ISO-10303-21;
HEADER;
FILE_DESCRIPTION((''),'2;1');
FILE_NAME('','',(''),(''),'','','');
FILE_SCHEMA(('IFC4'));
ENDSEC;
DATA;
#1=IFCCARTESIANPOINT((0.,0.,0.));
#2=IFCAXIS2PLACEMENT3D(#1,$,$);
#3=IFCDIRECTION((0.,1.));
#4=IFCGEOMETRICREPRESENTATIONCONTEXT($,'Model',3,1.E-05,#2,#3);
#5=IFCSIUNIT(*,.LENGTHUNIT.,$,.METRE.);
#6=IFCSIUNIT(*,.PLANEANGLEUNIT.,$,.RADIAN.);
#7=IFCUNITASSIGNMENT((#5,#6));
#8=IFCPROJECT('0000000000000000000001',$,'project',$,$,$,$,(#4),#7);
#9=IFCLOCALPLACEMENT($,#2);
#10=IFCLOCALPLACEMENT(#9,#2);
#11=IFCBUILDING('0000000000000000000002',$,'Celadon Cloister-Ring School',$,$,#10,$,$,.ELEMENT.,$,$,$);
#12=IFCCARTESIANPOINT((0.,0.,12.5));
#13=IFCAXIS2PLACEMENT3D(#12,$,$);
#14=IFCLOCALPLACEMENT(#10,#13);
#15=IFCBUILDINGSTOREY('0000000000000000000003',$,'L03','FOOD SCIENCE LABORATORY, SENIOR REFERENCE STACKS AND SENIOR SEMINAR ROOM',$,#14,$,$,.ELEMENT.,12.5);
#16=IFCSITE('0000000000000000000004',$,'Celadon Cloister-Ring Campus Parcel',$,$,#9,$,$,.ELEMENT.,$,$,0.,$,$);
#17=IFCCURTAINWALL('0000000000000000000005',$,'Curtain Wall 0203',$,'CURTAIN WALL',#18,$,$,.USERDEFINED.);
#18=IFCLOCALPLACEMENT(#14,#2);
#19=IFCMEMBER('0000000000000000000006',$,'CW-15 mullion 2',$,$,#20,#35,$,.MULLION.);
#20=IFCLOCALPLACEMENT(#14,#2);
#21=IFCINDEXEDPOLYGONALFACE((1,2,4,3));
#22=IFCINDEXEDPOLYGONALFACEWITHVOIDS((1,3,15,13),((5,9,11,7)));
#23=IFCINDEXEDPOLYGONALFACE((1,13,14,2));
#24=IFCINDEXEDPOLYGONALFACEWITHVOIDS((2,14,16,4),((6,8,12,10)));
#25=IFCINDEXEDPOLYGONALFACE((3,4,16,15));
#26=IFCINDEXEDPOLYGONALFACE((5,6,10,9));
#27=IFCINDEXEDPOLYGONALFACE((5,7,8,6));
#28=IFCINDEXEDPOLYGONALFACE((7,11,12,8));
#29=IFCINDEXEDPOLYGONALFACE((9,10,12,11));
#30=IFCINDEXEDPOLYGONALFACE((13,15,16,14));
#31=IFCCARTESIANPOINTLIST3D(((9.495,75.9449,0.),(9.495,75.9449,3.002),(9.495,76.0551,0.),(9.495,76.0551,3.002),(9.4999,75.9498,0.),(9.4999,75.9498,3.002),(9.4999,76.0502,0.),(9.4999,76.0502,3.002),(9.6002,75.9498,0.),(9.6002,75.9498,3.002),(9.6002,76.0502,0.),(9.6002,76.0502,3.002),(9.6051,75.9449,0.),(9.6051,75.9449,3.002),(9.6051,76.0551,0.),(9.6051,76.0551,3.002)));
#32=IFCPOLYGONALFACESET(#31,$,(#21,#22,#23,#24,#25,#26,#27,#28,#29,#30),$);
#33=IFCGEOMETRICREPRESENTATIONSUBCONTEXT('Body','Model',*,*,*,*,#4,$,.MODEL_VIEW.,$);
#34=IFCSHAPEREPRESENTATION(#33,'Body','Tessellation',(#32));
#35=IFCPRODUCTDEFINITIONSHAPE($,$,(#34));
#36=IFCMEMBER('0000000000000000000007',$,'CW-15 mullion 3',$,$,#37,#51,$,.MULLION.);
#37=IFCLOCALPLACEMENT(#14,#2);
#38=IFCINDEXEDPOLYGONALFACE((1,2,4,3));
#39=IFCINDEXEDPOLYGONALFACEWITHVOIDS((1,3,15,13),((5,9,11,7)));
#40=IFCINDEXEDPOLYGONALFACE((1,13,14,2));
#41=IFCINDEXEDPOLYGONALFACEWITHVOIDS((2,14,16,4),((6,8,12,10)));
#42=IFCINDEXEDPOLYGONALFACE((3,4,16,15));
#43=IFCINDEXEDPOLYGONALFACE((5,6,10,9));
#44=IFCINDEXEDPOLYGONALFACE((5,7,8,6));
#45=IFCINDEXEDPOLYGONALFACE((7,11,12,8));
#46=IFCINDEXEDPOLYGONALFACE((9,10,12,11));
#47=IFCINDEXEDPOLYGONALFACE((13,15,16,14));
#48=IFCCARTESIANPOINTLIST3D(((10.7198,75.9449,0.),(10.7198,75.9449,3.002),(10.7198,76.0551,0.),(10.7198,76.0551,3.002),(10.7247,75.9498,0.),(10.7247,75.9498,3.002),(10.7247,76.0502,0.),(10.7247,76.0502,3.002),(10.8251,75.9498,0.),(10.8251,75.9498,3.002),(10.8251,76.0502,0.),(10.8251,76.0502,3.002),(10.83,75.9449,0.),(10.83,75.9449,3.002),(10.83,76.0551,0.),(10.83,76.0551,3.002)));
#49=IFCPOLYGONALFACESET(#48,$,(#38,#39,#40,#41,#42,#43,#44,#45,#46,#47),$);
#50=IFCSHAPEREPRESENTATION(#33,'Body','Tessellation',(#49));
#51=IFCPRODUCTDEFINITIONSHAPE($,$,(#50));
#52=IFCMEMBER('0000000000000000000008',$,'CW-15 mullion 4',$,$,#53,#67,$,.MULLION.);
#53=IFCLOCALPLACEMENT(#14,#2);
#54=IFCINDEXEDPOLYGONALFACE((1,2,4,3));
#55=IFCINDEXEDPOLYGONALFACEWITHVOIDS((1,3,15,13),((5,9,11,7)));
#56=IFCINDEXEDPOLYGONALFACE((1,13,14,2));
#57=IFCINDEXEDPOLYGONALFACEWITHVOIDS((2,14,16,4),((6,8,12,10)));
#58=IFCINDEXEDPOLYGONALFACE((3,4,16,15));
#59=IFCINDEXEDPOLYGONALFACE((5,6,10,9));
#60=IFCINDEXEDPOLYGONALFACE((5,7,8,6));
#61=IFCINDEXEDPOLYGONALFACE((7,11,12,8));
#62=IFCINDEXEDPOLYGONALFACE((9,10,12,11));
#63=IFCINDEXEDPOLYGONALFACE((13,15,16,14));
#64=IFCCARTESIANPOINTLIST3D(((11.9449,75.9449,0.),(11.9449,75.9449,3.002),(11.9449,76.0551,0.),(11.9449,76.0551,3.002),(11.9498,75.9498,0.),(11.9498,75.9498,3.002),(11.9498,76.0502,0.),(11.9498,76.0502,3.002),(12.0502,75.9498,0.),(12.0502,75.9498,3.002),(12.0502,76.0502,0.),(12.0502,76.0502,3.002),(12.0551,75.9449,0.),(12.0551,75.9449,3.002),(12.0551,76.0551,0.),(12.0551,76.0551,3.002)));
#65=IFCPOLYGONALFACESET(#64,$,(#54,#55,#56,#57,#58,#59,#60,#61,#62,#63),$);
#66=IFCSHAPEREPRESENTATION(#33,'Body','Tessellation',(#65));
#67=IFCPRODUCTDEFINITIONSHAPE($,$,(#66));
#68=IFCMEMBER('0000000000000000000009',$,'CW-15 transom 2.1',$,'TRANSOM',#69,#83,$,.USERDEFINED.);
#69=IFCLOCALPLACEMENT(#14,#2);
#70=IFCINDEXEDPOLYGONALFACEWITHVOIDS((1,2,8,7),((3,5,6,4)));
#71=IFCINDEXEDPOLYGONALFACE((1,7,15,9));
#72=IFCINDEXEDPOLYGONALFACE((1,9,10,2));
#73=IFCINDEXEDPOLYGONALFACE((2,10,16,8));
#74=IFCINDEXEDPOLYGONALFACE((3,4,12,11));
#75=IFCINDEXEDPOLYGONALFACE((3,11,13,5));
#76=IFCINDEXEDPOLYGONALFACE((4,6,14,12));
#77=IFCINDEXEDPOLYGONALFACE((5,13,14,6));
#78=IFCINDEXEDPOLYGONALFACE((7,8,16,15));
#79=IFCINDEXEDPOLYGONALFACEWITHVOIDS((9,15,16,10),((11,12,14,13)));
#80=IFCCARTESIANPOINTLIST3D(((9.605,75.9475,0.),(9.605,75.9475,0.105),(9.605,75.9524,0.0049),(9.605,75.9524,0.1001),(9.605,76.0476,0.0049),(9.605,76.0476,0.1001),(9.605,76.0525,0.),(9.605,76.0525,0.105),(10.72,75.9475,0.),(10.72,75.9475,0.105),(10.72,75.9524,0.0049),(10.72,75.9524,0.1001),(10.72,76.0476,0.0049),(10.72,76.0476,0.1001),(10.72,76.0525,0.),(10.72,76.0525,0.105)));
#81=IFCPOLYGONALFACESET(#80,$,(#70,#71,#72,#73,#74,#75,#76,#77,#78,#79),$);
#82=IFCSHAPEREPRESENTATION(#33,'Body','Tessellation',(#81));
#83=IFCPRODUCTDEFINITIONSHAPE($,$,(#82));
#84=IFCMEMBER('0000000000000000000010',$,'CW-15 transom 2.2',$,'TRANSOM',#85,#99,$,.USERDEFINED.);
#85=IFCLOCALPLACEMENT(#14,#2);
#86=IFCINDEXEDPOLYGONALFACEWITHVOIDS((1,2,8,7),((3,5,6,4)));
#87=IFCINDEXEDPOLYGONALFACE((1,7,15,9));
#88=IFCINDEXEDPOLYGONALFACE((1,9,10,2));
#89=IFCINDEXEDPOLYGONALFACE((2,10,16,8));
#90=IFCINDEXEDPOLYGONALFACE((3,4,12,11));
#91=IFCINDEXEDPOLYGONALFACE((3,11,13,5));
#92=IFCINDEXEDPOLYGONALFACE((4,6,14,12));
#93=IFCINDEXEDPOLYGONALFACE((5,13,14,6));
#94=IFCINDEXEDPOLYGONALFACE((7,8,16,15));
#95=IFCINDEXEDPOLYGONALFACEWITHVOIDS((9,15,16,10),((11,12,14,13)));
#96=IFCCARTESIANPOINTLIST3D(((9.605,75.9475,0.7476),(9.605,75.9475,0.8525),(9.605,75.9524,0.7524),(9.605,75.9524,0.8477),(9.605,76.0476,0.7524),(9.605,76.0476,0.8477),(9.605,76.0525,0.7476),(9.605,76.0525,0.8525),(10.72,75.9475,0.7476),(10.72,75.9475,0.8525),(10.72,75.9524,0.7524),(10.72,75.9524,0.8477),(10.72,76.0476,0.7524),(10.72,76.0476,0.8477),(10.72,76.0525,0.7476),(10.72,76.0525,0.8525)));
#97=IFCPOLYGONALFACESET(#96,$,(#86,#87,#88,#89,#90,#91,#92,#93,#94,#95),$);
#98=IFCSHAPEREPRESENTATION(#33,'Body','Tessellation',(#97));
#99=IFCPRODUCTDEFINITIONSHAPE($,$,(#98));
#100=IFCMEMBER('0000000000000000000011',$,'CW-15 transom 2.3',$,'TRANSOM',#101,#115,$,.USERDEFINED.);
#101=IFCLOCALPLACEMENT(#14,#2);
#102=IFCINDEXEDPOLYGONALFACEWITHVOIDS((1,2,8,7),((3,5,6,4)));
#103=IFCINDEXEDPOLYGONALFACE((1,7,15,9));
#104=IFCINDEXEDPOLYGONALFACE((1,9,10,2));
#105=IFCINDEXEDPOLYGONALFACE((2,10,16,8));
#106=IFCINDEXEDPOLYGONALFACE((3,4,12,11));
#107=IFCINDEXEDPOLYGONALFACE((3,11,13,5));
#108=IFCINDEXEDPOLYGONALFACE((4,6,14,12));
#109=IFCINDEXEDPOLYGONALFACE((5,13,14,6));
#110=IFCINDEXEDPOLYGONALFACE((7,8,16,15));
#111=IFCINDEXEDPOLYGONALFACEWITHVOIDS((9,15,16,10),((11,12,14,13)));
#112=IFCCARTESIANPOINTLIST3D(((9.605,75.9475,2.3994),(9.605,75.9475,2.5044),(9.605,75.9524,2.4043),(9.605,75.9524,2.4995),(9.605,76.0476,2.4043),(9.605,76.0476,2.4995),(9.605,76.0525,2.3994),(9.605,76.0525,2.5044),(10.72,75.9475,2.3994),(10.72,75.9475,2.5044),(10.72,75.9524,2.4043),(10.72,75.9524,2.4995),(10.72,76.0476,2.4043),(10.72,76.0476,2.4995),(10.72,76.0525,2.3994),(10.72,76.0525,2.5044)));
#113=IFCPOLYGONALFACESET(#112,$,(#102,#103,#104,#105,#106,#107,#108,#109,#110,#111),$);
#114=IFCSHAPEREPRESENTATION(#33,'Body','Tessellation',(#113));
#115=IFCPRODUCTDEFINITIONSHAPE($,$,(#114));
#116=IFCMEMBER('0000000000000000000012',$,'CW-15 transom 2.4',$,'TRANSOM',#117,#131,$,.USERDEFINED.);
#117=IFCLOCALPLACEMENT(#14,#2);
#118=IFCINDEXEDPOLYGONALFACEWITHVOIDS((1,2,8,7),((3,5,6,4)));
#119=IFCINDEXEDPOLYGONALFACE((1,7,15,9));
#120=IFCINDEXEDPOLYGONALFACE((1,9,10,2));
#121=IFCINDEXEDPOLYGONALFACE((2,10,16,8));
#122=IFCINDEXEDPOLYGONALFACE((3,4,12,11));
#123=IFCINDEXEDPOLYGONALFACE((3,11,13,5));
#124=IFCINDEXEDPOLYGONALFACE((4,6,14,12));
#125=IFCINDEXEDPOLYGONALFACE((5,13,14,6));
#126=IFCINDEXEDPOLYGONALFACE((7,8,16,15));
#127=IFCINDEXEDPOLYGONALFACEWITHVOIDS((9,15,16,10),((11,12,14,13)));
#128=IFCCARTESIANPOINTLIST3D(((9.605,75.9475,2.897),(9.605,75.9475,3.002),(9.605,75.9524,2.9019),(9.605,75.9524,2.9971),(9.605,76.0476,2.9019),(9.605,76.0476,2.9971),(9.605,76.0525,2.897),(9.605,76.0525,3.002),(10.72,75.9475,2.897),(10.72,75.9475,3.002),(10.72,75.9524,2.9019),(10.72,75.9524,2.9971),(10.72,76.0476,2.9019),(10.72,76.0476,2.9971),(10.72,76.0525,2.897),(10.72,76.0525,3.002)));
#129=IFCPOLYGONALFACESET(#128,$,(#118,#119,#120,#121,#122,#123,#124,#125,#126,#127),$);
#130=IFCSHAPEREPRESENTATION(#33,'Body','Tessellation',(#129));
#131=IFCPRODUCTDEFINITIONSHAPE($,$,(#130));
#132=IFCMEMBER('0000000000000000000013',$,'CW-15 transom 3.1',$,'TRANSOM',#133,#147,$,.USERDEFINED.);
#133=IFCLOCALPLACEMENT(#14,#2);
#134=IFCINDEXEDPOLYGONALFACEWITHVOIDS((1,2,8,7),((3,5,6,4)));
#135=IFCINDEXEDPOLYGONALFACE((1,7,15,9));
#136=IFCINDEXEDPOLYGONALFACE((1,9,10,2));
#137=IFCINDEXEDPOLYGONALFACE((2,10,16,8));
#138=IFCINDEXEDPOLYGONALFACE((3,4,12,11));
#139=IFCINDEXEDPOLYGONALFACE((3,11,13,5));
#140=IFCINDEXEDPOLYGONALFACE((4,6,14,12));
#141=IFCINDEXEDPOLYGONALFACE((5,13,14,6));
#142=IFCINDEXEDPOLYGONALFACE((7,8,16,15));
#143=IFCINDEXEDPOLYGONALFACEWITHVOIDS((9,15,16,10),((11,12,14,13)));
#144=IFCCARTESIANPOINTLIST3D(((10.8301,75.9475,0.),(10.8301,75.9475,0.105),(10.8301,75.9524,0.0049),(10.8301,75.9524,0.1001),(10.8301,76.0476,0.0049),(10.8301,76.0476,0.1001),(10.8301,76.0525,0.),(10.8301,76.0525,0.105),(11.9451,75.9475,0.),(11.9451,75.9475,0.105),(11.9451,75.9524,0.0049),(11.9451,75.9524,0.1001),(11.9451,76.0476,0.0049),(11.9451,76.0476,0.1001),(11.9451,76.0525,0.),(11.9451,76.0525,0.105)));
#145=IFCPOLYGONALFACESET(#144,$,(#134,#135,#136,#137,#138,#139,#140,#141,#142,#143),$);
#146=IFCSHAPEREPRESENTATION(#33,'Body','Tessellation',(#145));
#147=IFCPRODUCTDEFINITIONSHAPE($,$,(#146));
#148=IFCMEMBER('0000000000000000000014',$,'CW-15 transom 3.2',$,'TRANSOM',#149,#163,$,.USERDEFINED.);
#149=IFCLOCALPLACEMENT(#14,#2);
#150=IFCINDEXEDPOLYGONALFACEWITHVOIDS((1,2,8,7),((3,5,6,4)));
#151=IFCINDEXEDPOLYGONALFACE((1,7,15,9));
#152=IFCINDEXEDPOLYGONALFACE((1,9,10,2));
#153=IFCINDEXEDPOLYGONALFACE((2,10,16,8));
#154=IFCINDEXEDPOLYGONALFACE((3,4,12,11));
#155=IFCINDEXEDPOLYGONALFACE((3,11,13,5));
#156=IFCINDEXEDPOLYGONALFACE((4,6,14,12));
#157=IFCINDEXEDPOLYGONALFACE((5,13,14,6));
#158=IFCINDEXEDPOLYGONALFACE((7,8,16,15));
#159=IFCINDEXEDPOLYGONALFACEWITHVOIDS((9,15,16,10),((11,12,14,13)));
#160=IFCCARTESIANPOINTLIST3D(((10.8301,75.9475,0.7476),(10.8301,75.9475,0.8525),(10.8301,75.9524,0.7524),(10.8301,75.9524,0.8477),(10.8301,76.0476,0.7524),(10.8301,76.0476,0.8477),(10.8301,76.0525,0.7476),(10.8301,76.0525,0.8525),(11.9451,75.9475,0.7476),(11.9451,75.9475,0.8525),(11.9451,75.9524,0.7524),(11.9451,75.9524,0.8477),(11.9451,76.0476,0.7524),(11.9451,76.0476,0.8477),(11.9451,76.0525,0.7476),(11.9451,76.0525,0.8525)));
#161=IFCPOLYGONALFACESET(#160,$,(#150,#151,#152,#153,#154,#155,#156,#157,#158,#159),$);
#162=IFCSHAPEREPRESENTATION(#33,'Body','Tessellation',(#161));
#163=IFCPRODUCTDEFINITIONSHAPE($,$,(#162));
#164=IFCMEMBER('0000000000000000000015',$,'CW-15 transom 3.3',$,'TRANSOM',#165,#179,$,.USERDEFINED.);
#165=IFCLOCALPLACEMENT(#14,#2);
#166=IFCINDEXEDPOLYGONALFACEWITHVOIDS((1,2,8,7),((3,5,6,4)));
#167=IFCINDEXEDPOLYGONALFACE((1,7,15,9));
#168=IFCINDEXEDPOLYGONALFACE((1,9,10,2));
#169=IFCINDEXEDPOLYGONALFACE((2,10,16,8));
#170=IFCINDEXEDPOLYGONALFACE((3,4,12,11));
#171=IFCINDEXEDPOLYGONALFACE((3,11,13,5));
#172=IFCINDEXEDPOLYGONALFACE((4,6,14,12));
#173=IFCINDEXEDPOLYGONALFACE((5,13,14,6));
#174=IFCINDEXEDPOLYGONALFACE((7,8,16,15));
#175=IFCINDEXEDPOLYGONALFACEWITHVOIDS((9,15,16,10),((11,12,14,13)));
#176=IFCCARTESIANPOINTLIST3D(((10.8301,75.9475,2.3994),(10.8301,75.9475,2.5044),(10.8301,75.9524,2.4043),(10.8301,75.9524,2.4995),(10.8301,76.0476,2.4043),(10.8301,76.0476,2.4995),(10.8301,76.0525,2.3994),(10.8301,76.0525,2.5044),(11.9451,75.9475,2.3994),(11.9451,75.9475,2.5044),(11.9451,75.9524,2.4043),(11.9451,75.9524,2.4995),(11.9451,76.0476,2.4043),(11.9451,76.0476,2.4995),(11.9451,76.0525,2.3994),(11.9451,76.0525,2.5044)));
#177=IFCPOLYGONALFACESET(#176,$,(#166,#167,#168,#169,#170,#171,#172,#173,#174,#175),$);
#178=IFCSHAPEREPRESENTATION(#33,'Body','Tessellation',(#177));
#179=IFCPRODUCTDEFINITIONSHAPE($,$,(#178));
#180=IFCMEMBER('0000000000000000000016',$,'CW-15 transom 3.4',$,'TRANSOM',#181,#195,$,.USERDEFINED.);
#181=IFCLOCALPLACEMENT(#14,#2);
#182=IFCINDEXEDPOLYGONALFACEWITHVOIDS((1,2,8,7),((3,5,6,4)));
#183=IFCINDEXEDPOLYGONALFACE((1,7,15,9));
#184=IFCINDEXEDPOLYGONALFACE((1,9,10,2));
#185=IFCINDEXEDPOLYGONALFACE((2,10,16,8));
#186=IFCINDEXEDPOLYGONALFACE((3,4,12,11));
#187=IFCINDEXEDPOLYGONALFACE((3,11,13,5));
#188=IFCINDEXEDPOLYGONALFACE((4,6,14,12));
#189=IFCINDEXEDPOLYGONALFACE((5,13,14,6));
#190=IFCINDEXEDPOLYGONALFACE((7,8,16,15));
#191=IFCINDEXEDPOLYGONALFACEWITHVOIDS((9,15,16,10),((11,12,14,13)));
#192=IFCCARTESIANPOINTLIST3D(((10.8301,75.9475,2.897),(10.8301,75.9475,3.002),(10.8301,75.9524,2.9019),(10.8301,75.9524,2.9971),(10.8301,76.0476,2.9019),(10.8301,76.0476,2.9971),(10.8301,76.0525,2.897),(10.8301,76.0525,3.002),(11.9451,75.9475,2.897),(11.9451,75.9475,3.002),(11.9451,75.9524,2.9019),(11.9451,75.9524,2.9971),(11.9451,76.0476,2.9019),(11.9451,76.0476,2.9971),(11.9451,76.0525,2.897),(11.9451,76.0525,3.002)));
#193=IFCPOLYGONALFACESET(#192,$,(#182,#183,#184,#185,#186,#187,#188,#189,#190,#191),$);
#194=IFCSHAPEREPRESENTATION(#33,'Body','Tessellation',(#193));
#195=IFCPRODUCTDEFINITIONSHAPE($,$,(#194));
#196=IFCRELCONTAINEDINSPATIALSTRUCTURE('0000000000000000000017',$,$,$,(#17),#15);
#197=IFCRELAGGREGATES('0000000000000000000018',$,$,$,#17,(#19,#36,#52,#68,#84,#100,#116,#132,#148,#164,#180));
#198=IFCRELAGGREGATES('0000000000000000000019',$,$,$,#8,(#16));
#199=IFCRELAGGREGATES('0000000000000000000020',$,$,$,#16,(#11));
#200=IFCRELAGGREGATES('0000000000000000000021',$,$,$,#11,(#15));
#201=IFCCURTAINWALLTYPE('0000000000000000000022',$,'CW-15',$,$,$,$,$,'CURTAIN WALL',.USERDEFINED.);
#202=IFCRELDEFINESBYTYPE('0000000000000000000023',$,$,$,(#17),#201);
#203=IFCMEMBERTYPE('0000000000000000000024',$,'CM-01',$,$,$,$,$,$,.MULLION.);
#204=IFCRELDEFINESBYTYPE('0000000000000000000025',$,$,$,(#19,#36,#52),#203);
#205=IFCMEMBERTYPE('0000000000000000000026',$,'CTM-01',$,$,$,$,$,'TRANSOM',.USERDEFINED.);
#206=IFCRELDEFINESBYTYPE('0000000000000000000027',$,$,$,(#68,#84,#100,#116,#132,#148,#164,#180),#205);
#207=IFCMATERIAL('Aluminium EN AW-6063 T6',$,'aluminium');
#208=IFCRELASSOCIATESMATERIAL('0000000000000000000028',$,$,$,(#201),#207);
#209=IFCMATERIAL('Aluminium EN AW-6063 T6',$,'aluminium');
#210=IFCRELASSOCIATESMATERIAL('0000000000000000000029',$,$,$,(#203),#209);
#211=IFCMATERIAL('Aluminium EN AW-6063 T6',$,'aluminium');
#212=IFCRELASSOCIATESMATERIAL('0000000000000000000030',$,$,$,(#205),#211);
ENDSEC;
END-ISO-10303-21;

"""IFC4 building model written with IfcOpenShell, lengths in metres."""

from ifc_helpers import new_model, si_unit, direction, frame, origin, origin_2d, place, context, subcontext, project, spatial, hollow_rectangle, extrude, material, material_profile, profile_set, type_object, element, aggregate, save


model = new_model("IFC4")

# Units and contexts
model_context = context("Model", 3, precision=1e-05, world=origin(), true_north=direction((0.0, 1.0)))
body_context = subcontext(model_context, "Body", "Model", "MODEL_VIEW")
ifc_project = project(units=[si_unit("LENGTHUNIT", "METRE"), si_unit("PLANEANGLEUNIT", "RADIAN")], contexts=[model_context])

# Site, building, storey
site_placement = place(None, origin())
site = spatial("IfcSite", under=ifc_project, at=site_placement, Name="Celadon Cloister-Ring Campus Parcel", CompositionType="ELEMENT", RefElevation=0.0)
building_placement = place(site_placement, origin())
building = spatial("IfcBuilding", under=site, at=building_placement, Name="Celadon Cloister-Ring School", CompositionType="ELEMENT")
storey_placement = place(building_placement, frame((0.0, 0.0, 12.5)))
storey = spatial("IfcBuildingStorey", under=building, at=storey_placement, Name="L03", Description="FOOD SCIENCE LABORATORY, SENIOR REFERENCE STACKS AND SENIOR SEMINAR ROOM", CompositionType="ELEMENT", Elevation=12.5)

# Curtain wall, members
ifc_material_1 = material(Name="Aluminium EN AW-6063 T6", Category="aluminium")
curtain_wall_type = type_object("IfcCurtainWallType", Name="CW-15", ElementType="CURTAIN WALL", PredefinedType="USERDEFINED", material=ifc_material_1)
curtain_wall_placement = place(storey_placement, origin())
curtain_wall = element("IfcCurtainWall", 1, at=curtain_wall_placement, inside=storey, type_object=curtain_wall_type, Name="Curtain Wall 0203", ObjectType="CURTAIN WALL", PredefinedType="USERDEFINED")
ifc_material_2 = material(Name="Aluminium EN AW-6063 T6", Category="aluminium")
ifc_material_profile_1 = material_profile(ifc_material_2, hollow_rectangle(XDim=0.1101, YDim=0.1101, WallThickness=0.0049, at=origin_2d()), Name="RHS110X110X5")
ifc_profile_set_1 = profile_set([ifc_material_profile_1], Name="Aluminium EN AW-6063 T6")
member_type_1 = type_object("IfcMemberType", Name="CM-01", PredefinedType="MULLION", material=ifc_profile_set_1)
member_1_placement = place(storey_placement, frame((9.55, 76.0, 0.0), z_axis=(0.0, 0.0, 1.0), x_axis=(0.0, 1.0, 0.0)))
member_1 = element("IfcMember", 2, at=member_1_placement, type_object=member_type_1, Name="CW-15 mullion 2", PredefinedType="MULLION", context=body_context, shape_type="SweptSolid", body=[
    extrude(hollow_rectangle(XDim=0.1101, YDim=0.1101, WallThickness=0.0049, at=origin_2d()), origin(), (0.0, 0.0, 1.0), 3.002),
])
member_2_placement = place(storey_placement, frame((10.7749, 76.0, 0.0), z_axis=(0.0, 0.0, 1.0), x_axis=(0.0, 1.0, 0.0)))
member_2 = element("IfcMember", 3, at=member_2_placement, type_object=member_type_1, Name="CW-15 mullion 3", PredefinedType="MULLION", context=body_context, shape_type="SweptSolid", body=[
    extrude(hollow_rectangle(XDim=0.1101, YDim=0.1101, WallThickness=0.0049, at=origin_2d()), origin(), (0.0, 0.0, 1.0), 3.002),
])
member_3_placement = place(storey_placement, frame((12.0, 76.0, 0.0), z_axis=(0.0, 0.0, 1.0), x_axis=(0.0, 1.0, 0.0)))
member_3 = element("IfcMember", 4, at=member_3_placement, type_object=member_type_1, Name="CW-15 mullion 4", PredefinedType="MULLION", context=body_context, shape_type="SweptSolid", body=[
    extrude(hollow_rectangle(XDim=0.1101, YDim=0.1101, WallThickness=0.0049, at=origin_2d()), origin(), (0.0, 0.0, 1.0), 3.002),
])
ifc_material_3 = material(Name="Aluminium EN AW-6063 T6", Category="aluminium")
ifc_material_profile_2 = material_profile(ifc_material_3, hollow_rectangle(XDim=0.105, YDim=0.105, WallThickness=0.0049, at=origin_2d()), Name="RHS105X105X5")
ifc_profile_set_2 = profile_set([ifc_material_profile_2], Name="Aluminium EN AW-6063 T6")
member_type_2 = type_object("IfcMemberType", Name="CTM-01", ElementType="TRANSOM", PredefinedType="USERDEFINED", material=ifc_profile_set_2)
member_4_placement = place(storey_placement, frame((9.605, 76.0, 0.0525), z_axis=(1.0, 0.0, 0.0), x_axis=(0.0, 1.0, 0.0)))
member_4 = element("IfcMember", 5, at=member_4_placement, type_object=member_type_2, Name="CW-15 transom 2.1", ObjectType="TRANSOM", PredefinedType="USERDEFINED", context=body_context, shape_type="SweptSolid", body=[
    extrude(hollow_rectangle(XDim=0.105, YDim=0.105, WallThickness=0.0049, at=origin_2d()), origin(), (0.0, 0.0, 1.0), 1.115),
])
member_5_placement = place(storey_placement, frame((9.605, 76.0, 0.8), z_axis=(1.0, 0.0, 0.0), x_axis=(0.0, 1.0, 0.0)))
member_5 = element("IfcMember", 6, at=member_5_placement, type_object=member_type_2, Name="CW-15 transom 2.2", ObjectType="TRANSOM", PredefinedType="USERDEFINED", context=body_context, shape_type="SweptSolid", body=[
    extrude(hollow_rectangle(XDim=0.105, YDim=0.105, WallThickness=0.0049, at=origin_2d()), origin(), (0.0, 0.0, 1.0), 1.115),
])
member_6_placement = place(storey_placement, frame((9.605, 76.0, 2.4519), z_axis=(1.0, 0.0, 0.0), x_axis=(0.0, 1.0, 0.0)))
member_6 = element("IfcMember", 7, at=member_6_placement, type_object=member_type_2, Name="CW-15 transom 2.3", ObjectType="TRANSOM", PredefinedType="USERDEFINED", context=body_context, shape_type="SweptSolid", body=[
    extrude(hollow_rectangle(XDim=0.105, YDim=0.105, WallThickness=0.0049, at=origin_2d()), origin(), (0.0, 0.0, 1.0), 1.115),
])
member_7_placement = place(storey_placement, frame((9.605, 76.0, 2.9495), z_axis=(1.0, 0.0, 0.0), x_axis=(0.0, 1.0, 0.0)))
member_7 = element("IfcMember", 8, at=member_7_placement, type_object=member_type_2, Name="CW-15 transom 2.4", ObjectType="TRANSOM", PredefinedType="USERDEFINED", context=body_context, shape_type="SweptSolid", body=[
    extrude(hollow_rectangle(XDim=0.105, YDim=0.105, WallThickness=0.0049, at=origin_2d()), origin(), (0.0, 0.0, 1.0), 1.115),
])
member_8_placement = place(storey_placement, frame((10.8301, 76.0, 0.0525), z_axis=(1.0, 0.0, 0.0), x_axis=(0.0, 1.0, 0.0)))
member_8 = element("IfcMember", 9, at=member_8_placement, type_object=member_type_2, Name="CW-15 transom 3.1", ObjectType="TRANSOM", PredefinedType="USERDEFINED", context=body_context, shape_type="SweptSolid", body=[
    extrude(hollow_rectangle(XDim=0.105, YDim=0.105, WallThickness=0.0049, at=origin_2d()), origin(), (0.0, 0.0, 1.0), 1.115),
])
member_9_placement = place(storey_placement, frame((10.8301, 76.0, 0.8), z_axis=(1.0, 0.0, 0.0), x_axis=(0.0, 1.0, 0.0)))
member_9 = element("IfcMember", 10, at=member_9_placement, type_object=member_type_2, Name="CW-15 transom 3.2", ObjectType="TRANSOM", PredefinedType="USERDEFINED", context=body_context, shape_type="SweptSolid", body=[
    extrude(hollow_rectangle(XDim=0.105, YDim=0.105, WallThickness=0.0049, at=origin_2d()), origin(), (0.0, 0.0, 1.0), 1.115),
])
member_10_placement = place(storey_placement, frame((10.8301, 76.0, 2.4519), z_axis=(1.0, 0.0, 0.0), x_axis=(0.0, 1.0, 0.0)))
member_10 = element("IfcMember", 11, at=member_10_placement, type_object=member_type_2, Name="CW-15 transom 3.3", ObjectType="TRANSOM", PredefinedType="USERDEFINED", context=body_context, shape_type="SweptSolid", body=[
    extrude(hollow_rectangle(XDim=0.105, YDim=0.105, WallThickness=0.0049, at=origin_2d()), origin(), (0.0, 0.0, 1.0), 1.115),
])
member_11_placement = place(storey_placement, frame((10.8301, 76.0, 2.9495), z_axis=(1.0, 0.0, 0.0), x_axis=(0.0, 1.0, 0.0)))
member_11 = element("IfcMember", 12, at=member_11_placement, type_object=member_type_2, Name="CW-15 transom 3.4", ObjectType="TRANSOM", PredefinedType="USERDEFINED", context=body_context, shape_type="SweptSolid", body=[
    extrude(hollow_rectangle(XDim=0.105, YDim=0.105, WallThickness=0.0049, at=origin_2d()), origin(), (0.0, 0.0, 1.0), 1.115),
])
aggregate(curtain_wall, [member_1, member_2, member_3, member_4, member_5, member_6, member_7, member_8, member_9, member_10, member_11])

save(model, "model.ifc")
